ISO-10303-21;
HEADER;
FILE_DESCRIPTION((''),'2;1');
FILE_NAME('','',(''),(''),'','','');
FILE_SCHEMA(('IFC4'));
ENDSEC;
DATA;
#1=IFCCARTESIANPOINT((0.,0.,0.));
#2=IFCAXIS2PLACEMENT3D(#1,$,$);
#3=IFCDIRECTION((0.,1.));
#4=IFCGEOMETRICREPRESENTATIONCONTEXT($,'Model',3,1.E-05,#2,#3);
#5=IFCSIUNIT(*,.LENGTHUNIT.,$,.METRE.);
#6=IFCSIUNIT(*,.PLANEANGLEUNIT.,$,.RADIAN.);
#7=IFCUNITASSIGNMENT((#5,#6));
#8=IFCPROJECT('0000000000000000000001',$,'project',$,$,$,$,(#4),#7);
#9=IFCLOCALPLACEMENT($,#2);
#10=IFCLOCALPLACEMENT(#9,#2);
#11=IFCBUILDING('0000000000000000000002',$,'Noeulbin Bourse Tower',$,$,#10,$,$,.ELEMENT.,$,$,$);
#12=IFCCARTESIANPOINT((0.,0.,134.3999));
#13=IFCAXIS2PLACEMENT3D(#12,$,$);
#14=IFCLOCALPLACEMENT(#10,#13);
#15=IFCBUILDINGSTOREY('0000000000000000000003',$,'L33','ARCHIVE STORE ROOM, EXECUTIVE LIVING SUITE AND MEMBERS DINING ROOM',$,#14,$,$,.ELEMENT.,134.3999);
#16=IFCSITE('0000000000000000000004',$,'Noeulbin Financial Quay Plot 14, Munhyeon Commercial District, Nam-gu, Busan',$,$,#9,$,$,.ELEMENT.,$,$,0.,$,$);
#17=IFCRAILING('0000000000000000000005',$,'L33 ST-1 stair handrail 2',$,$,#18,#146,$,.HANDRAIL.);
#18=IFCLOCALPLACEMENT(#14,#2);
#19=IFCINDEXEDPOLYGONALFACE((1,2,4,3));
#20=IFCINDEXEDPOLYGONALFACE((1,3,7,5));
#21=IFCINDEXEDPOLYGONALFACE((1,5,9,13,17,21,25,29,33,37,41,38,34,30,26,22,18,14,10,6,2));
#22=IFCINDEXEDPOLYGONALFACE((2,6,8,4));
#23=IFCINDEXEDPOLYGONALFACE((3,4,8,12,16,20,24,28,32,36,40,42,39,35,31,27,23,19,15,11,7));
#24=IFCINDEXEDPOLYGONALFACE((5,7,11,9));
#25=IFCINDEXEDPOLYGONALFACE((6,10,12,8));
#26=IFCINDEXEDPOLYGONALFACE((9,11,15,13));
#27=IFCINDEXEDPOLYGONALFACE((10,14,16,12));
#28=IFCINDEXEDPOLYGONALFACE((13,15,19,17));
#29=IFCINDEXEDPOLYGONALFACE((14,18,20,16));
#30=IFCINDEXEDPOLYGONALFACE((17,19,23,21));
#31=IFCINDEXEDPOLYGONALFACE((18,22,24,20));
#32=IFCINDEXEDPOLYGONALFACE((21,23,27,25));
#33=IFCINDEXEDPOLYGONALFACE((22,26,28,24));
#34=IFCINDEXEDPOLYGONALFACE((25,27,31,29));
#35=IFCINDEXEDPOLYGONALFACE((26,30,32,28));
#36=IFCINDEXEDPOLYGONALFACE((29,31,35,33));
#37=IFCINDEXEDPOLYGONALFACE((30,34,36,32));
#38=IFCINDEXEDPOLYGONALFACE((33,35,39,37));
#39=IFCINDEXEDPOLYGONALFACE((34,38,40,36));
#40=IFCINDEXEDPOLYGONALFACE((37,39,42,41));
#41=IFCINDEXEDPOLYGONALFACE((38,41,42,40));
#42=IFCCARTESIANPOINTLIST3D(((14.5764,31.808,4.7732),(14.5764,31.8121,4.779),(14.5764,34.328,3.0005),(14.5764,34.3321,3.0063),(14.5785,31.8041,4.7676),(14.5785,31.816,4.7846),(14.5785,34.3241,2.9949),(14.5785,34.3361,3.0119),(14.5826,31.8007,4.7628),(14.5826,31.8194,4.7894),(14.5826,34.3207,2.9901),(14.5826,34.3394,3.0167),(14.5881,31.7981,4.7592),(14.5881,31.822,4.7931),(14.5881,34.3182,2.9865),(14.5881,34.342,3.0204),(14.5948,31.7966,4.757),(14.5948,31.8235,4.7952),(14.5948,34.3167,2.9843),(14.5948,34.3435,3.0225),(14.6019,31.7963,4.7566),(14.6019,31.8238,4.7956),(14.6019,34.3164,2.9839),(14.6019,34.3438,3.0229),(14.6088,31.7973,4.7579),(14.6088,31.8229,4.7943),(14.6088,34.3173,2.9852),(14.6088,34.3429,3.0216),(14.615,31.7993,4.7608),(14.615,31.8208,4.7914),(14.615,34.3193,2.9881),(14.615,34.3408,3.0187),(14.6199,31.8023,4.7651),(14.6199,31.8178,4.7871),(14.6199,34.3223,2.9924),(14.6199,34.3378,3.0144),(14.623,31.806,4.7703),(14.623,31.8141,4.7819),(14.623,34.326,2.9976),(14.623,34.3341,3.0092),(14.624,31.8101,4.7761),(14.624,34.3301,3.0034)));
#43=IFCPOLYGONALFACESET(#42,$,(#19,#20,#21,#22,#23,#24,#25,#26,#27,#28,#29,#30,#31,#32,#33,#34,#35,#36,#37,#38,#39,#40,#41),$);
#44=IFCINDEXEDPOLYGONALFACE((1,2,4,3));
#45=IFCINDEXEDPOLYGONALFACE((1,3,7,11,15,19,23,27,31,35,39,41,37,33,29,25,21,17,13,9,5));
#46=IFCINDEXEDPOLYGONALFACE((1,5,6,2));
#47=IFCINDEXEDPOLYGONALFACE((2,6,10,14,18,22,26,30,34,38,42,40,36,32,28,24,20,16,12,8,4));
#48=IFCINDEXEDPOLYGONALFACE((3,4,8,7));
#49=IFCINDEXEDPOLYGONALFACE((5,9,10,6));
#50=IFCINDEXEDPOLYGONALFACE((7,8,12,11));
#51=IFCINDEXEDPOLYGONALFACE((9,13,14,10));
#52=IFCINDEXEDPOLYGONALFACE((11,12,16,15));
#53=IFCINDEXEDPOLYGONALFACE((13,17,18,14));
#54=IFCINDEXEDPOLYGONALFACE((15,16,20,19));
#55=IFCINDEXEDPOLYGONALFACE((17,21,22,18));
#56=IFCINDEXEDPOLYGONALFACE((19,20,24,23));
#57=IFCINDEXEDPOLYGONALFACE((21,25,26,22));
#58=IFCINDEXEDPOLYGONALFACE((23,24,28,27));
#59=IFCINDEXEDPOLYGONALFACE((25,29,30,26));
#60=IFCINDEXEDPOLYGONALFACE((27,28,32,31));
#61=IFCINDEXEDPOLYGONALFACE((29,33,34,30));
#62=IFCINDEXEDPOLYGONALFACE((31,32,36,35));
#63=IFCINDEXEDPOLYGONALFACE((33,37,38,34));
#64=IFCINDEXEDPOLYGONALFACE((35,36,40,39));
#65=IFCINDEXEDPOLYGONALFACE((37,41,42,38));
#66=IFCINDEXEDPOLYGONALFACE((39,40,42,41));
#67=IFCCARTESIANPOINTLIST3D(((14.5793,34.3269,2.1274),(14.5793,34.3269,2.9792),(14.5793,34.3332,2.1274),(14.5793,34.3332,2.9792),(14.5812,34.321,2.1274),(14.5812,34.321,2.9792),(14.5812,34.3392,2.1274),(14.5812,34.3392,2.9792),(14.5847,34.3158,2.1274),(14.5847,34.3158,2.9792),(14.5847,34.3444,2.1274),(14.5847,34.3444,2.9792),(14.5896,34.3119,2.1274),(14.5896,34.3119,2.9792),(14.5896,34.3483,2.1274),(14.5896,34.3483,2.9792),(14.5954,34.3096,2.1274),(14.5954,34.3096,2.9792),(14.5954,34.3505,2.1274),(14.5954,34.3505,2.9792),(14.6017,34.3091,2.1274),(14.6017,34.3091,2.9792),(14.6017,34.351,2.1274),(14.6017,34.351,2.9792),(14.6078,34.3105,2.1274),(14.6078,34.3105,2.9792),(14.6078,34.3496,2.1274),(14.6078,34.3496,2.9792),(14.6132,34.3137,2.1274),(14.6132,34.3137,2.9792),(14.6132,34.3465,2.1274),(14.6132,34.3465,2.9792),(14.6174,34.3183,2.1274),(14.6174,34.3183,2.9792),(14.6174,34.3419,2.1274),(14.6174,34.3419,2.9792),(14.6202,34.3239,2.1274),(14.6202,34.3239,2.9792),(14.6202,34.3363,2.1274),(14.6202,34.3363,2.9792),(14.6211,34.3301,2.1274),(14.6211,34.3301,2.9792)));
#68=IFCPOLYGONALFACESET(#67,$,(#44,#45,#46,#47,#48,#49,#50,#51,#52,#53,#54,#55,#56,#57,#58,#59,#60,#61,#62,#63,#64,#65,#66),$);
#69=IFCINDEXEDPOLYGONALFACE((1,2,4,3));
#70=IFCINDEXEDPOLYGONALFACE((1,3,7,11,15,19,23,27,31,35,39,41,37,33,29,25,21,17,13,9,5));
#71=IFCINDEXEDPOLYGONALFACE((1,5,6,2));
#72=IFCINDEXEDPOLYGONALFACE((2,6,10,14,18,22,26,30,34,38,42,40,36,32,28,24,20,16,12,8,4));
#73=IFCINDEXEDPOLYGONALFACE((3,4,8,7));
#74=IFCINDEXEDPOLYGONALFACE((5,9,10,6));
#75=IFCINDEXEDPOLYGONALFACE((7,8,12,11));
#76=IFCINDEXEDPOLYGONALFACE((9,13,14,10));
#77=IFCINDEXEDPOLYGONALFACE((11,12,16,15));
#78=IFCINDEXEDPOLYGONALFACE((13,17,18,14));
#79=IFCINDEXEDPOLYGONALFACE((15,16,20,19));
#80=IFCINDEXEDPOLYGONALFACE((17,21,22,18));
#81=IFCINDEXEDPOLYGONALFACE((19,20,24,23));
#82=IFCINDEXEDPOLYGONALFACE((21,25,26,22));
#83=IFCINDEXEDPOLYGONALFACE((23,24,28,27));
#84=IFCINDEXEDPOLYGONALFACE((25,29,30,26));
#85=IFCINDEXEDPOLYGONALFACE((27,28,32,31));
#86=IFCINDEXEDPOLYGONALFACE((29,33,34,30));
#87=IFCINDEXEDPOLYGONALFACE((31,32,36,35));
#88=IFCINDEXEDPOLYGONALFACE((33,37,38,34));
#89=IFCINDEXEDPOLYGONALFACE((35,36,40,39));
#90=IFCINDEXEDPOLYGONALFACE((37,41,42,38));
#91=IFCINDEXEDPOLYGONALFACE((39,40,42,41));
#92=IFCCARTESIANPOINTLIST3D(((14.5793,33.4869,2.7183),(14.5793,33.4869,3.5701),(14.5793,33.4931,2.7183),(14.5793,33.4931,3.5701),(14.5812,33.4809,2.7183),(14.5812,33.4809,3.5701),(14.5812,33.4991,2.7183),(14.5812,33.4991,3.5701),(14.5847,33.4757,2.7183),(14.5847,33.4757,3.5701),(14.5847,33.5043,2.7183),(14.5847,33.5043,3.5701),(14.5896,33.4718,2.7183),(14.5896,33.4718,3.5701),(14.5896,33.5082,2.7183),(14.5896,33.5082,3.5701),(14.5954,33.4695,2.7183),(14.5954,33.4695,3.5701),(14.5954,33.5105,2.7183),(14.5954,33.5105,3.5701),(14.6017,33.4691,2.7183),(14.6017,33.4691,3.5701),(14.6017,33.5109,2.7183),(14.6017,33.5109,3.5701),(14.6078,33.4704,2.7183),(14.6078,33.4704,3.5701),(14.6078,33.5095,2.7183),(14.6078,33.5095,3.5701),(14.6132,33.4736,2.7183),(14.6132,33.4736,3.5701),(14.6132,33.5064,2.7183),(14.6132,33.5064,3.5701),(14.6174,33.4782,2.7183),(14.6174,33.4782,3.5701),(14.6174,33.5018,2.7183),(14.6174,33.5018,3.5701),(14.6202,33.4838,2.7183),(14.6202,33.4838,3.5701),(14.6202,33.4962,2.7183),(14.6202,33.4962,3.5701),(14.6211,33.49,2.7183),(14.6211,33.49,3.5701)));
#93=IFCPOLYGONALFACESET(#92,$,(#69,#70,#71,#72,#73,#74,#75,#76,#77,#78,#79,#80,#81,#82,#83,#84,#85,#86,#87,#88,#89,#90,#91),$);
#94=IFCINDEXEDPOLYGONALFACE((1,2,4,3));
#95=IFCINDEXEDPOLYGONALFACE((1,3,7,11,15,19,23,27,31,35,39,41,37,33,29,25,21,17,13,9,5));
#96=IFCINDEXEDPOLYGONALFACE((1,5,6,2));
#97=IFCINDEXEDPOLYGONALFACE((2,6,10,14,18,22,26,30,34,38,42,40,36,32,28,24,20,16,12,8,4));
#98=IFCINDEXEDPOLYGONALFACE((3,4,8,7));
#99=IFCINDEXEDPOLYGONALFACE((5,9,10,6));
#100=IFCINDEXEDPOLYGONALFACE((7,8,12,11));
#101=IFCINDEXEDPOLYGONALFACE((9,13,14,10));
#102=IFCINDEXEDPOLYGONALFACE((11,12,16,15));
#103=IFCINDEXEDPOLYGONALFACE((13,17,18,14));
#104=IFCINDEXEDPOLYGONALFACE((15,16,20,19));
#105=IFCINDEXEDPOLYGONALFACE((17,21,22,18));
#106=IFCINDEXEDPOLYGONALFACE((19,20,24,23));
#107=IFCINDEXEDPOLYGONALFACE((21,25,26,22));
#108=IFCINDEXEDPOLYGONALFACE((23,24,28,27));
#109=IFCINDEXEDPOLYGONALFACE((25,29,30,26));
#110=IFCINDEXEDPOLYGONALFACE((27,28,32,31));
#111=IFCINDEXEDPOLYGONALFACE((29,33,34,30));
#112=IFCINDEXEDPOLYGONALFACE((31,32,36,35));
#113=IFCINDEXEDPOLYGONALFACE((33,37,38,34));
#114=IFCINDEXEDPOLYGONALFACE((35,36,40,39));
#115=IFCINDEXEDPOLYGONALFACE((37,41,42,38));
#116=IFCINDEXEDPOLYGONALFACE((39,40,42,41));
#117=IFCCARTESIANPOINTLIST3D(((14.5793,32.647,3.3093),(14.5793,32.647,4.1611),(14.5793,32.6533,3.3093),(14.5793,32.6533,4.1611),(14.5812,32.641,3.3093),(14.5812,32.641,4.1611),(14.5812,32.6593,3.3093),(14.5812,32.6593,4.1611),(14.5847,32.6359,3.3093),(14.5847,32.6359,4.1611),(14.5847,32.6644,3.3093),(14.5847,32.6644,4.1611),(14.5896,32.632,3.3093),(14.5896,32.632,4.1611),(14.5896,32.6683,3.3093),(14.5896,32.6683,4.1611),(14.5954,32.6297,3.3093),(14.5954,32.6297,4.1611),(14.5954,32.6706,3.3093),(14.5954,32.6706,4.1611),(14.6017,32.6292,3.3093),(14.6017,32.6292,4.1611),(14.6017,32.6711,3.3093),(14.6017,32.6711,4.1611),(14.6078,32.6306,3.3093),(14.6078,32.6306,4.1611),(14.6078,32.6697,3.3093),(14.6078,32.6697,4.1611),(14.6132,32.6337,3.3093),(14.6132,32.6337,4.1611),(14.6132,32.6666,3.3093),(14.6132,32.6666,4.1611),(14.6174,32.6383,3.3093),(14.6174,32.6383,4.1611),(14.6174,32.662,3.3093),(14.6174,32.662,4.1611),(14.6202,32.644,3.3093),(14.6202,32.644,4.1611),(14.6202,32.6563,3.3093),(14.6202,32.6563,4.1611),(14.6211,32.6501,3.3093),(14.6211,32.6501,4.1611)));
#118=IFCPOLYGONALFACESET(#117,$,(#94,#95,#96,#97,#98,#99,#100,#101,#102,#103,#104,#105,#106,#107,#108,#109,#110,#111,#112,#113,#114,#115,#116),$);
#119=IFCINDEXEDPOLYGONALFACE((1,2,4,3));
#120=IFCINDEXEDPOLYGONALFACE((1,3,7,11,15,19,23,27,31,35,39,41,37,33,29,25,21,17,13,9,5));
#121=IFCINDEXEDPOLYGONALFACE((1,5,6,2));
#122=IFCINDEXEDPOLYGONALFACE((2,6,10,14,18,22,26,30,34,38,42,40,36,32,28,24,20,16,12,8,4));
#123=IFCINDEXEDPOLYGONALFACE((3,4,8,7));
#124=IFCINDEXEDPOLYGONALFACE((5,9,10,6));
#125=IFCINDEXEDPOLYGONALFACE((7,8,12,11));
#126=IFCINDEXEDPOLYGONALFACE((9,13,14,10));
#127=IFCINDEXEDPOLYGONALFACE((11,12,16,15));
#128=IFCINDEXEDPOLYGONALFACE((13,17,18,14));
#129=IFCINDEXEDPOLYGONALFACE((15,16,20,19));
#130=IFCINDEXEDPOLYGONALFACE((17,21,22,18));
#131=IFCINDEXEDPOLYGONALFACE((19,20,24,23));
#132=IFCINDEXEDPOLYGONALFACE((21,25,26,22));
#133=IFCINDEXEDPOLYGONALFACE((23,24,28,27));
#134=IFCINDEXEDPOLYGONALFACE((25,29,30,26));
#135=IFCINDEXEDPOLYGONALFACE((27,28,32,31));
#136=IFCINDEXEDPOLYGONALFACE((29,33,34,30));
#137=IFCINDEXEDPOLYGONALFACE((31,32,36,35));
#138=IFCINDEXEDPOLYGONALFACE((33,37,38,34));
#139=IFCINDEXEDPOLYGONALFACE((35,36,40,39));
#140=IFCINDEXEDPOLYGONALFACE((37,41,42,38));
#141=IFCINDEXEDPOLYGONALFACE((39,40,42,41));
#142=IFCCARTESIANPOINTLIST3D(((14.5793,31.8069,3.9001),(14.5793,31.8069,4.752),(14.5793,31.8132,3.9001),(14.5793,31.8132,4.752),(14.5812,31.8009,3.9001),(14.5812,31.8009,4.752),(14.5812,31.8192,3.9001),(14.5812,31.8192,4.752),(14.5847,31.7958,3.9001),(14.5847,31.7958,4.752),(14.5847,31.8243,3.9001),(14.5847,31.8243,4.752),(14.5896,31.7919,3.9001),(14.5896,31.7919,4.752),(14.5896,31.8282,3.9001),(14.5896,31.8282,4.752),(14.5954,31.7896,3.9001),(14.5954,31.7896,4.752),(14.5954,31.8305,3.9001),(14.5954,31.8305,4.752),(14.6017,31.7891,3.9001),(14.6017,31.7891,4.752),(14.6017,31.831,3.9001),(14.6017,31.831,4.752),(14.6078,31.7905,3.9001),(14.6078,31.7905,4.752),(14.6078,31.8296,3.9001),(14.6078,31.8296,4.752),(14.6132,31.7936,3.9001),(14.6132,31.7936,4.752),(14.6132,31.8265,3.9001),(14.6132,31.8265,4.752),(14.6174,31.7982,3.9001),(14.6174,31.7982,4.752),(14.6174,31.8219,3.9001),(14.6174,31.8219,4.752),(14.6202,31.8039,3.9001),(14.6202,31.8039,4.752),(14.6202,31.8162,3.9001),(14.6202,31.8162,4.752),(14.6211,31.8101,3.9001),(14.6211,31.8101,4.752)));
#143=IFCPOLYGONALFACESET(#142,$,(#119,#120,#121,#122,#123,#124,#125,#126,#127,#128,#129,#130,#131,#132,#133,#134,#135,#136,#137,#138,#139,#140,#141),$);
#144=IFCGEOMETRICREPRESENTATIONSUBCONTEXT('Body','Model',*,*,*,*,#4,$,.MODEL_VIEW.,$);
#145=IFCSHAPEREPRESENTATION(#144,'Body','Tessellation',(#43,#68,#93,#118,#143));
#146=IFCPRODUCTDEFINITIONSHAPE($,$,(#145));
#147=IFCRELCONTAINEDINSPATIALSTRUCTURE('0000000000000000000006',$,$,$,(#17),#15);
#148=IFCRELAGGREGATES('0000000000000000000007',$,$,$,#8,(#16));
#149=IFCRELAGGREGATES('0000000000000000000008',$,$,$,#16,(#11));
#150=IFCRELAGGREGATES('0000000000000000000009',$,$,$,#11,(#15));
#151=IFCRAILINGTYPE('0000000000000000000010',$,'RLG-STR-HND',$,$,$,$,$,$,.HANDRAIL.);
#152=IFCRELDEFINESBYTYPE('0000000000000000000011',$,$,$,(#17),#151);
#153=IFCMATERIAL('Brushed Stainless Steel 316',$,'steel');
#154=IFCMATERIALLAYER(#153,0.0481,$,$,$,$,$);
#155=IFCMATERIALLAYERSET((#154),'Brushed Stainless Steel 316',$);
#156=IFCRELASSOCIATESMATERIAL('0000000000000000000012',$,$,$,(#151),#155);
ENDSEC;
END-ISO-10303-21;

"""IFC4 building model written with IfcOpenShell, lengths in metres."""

from ifc_helpers import new_model, si_unit, direction, frame, origin, origin_2d, place, context, subcontext, project, spatial, circle, extrude, material, layer, layer_set, type_object, element, save


model = new_model("IFC4")

# Units and contexts
model_context = context("Model", 3, precision=1e-05, world=origin(), true_north=direction((0.0, 1.0)))
body_context = subcontext(model_context, "Body", "Model", "MODEL_VIEW")
ifc_project = project(units=[si_unit("LENGTHUNIT", "METRE"), si_unit("PLANEANGLEUNIT", "RADIAN")], contexts=[model_context])

# Site, building, storey
site_placement = place(None, origin())
site = spatial("IfcSite", under=ifc_project, at=site_placement, Name="Noeulbin Financial Quay Plot 14, Munhyeon Commercial District, Nam-gu, Busan", CompositionType="ELEMENT", RefElevation=0.0)
building_placement = place(site_placement, origin())
building = spatial("IfcBuilding", under=site, at=building_placement, Name="Noeulbin Bourse Tower", CompositionType="ELEMENT")
storey_placement = place(building_placement, frame((0.0, 0.0, 134.3999)))
storey = spatial("IfcBuildingStorey", under=building, at=storey_placement, Name="L33", Description="ARCHIVE STORE ROOM, EXECUTIVE LIVING SUITE AND MEMBERS DINING ROOM", CompositionType="ELEMENT", Elevation=134.3999)

# Shared definitions
ifc_material_1 = material(Name="Brushed Stainless Steel 316", Category="steel")

# Railing
ifc_layer_1 = layer(ifc_material_1, 0.0481)
ifc_layer_set_1 = layer_set([ifc_layer_1], Name="Brushed Stainless Steel 316")
railing_type_1 = type_object("IfcRailingType", Name="RLG-STR-HND", PredefinedType="HANDRAIL", material=ifc_layer_set_1)
railing_1_placement = place(storey_placement, frame((14.6001, 34.3301, 2.1274)))
element("IfcRailing", 1, at=railing_1_placement, inside=storey, type_object=railing_type_1, Name="L33 ST-1 stair handrail 2", PredefinedType="HANDRAIL", context=body_context, shape_type="SweptSolid", body=[
    extrude(circle(Radius=0.0239, at=origin_2d()), frame((0.0, 0.0, 0.876), z_axis=(0.0, -0.817904, 0.575354), x_axis=(1.0, 0.0, 0.0)), (0.0, 0.0, 1.0), 3.0811),
    extrude(circle(Radius=0.021, at=origin_2d()), origin(), (0.0, 0.0, 1.0), 0.8518),
    extrude(circle(Radius=0.021, at=origin_2d()), frame((0.0, -0.8401, 0.5908)), (0.0, 0.0, 1.0), 0.8518),
    extrude(circle(Radius=0.021, at=origin_2d()), frame((0.0, -1.6799, 1.1819)), (0.0, 0.0, 1.0), 0.8518),
    extrude(circle(Radius=0.021, at=origin_2d()), frame((0.0, -2.52, 1.7727)), (0.0, 0.0, 1.0), 0.8518),
])

save(model, "model.ifc")
